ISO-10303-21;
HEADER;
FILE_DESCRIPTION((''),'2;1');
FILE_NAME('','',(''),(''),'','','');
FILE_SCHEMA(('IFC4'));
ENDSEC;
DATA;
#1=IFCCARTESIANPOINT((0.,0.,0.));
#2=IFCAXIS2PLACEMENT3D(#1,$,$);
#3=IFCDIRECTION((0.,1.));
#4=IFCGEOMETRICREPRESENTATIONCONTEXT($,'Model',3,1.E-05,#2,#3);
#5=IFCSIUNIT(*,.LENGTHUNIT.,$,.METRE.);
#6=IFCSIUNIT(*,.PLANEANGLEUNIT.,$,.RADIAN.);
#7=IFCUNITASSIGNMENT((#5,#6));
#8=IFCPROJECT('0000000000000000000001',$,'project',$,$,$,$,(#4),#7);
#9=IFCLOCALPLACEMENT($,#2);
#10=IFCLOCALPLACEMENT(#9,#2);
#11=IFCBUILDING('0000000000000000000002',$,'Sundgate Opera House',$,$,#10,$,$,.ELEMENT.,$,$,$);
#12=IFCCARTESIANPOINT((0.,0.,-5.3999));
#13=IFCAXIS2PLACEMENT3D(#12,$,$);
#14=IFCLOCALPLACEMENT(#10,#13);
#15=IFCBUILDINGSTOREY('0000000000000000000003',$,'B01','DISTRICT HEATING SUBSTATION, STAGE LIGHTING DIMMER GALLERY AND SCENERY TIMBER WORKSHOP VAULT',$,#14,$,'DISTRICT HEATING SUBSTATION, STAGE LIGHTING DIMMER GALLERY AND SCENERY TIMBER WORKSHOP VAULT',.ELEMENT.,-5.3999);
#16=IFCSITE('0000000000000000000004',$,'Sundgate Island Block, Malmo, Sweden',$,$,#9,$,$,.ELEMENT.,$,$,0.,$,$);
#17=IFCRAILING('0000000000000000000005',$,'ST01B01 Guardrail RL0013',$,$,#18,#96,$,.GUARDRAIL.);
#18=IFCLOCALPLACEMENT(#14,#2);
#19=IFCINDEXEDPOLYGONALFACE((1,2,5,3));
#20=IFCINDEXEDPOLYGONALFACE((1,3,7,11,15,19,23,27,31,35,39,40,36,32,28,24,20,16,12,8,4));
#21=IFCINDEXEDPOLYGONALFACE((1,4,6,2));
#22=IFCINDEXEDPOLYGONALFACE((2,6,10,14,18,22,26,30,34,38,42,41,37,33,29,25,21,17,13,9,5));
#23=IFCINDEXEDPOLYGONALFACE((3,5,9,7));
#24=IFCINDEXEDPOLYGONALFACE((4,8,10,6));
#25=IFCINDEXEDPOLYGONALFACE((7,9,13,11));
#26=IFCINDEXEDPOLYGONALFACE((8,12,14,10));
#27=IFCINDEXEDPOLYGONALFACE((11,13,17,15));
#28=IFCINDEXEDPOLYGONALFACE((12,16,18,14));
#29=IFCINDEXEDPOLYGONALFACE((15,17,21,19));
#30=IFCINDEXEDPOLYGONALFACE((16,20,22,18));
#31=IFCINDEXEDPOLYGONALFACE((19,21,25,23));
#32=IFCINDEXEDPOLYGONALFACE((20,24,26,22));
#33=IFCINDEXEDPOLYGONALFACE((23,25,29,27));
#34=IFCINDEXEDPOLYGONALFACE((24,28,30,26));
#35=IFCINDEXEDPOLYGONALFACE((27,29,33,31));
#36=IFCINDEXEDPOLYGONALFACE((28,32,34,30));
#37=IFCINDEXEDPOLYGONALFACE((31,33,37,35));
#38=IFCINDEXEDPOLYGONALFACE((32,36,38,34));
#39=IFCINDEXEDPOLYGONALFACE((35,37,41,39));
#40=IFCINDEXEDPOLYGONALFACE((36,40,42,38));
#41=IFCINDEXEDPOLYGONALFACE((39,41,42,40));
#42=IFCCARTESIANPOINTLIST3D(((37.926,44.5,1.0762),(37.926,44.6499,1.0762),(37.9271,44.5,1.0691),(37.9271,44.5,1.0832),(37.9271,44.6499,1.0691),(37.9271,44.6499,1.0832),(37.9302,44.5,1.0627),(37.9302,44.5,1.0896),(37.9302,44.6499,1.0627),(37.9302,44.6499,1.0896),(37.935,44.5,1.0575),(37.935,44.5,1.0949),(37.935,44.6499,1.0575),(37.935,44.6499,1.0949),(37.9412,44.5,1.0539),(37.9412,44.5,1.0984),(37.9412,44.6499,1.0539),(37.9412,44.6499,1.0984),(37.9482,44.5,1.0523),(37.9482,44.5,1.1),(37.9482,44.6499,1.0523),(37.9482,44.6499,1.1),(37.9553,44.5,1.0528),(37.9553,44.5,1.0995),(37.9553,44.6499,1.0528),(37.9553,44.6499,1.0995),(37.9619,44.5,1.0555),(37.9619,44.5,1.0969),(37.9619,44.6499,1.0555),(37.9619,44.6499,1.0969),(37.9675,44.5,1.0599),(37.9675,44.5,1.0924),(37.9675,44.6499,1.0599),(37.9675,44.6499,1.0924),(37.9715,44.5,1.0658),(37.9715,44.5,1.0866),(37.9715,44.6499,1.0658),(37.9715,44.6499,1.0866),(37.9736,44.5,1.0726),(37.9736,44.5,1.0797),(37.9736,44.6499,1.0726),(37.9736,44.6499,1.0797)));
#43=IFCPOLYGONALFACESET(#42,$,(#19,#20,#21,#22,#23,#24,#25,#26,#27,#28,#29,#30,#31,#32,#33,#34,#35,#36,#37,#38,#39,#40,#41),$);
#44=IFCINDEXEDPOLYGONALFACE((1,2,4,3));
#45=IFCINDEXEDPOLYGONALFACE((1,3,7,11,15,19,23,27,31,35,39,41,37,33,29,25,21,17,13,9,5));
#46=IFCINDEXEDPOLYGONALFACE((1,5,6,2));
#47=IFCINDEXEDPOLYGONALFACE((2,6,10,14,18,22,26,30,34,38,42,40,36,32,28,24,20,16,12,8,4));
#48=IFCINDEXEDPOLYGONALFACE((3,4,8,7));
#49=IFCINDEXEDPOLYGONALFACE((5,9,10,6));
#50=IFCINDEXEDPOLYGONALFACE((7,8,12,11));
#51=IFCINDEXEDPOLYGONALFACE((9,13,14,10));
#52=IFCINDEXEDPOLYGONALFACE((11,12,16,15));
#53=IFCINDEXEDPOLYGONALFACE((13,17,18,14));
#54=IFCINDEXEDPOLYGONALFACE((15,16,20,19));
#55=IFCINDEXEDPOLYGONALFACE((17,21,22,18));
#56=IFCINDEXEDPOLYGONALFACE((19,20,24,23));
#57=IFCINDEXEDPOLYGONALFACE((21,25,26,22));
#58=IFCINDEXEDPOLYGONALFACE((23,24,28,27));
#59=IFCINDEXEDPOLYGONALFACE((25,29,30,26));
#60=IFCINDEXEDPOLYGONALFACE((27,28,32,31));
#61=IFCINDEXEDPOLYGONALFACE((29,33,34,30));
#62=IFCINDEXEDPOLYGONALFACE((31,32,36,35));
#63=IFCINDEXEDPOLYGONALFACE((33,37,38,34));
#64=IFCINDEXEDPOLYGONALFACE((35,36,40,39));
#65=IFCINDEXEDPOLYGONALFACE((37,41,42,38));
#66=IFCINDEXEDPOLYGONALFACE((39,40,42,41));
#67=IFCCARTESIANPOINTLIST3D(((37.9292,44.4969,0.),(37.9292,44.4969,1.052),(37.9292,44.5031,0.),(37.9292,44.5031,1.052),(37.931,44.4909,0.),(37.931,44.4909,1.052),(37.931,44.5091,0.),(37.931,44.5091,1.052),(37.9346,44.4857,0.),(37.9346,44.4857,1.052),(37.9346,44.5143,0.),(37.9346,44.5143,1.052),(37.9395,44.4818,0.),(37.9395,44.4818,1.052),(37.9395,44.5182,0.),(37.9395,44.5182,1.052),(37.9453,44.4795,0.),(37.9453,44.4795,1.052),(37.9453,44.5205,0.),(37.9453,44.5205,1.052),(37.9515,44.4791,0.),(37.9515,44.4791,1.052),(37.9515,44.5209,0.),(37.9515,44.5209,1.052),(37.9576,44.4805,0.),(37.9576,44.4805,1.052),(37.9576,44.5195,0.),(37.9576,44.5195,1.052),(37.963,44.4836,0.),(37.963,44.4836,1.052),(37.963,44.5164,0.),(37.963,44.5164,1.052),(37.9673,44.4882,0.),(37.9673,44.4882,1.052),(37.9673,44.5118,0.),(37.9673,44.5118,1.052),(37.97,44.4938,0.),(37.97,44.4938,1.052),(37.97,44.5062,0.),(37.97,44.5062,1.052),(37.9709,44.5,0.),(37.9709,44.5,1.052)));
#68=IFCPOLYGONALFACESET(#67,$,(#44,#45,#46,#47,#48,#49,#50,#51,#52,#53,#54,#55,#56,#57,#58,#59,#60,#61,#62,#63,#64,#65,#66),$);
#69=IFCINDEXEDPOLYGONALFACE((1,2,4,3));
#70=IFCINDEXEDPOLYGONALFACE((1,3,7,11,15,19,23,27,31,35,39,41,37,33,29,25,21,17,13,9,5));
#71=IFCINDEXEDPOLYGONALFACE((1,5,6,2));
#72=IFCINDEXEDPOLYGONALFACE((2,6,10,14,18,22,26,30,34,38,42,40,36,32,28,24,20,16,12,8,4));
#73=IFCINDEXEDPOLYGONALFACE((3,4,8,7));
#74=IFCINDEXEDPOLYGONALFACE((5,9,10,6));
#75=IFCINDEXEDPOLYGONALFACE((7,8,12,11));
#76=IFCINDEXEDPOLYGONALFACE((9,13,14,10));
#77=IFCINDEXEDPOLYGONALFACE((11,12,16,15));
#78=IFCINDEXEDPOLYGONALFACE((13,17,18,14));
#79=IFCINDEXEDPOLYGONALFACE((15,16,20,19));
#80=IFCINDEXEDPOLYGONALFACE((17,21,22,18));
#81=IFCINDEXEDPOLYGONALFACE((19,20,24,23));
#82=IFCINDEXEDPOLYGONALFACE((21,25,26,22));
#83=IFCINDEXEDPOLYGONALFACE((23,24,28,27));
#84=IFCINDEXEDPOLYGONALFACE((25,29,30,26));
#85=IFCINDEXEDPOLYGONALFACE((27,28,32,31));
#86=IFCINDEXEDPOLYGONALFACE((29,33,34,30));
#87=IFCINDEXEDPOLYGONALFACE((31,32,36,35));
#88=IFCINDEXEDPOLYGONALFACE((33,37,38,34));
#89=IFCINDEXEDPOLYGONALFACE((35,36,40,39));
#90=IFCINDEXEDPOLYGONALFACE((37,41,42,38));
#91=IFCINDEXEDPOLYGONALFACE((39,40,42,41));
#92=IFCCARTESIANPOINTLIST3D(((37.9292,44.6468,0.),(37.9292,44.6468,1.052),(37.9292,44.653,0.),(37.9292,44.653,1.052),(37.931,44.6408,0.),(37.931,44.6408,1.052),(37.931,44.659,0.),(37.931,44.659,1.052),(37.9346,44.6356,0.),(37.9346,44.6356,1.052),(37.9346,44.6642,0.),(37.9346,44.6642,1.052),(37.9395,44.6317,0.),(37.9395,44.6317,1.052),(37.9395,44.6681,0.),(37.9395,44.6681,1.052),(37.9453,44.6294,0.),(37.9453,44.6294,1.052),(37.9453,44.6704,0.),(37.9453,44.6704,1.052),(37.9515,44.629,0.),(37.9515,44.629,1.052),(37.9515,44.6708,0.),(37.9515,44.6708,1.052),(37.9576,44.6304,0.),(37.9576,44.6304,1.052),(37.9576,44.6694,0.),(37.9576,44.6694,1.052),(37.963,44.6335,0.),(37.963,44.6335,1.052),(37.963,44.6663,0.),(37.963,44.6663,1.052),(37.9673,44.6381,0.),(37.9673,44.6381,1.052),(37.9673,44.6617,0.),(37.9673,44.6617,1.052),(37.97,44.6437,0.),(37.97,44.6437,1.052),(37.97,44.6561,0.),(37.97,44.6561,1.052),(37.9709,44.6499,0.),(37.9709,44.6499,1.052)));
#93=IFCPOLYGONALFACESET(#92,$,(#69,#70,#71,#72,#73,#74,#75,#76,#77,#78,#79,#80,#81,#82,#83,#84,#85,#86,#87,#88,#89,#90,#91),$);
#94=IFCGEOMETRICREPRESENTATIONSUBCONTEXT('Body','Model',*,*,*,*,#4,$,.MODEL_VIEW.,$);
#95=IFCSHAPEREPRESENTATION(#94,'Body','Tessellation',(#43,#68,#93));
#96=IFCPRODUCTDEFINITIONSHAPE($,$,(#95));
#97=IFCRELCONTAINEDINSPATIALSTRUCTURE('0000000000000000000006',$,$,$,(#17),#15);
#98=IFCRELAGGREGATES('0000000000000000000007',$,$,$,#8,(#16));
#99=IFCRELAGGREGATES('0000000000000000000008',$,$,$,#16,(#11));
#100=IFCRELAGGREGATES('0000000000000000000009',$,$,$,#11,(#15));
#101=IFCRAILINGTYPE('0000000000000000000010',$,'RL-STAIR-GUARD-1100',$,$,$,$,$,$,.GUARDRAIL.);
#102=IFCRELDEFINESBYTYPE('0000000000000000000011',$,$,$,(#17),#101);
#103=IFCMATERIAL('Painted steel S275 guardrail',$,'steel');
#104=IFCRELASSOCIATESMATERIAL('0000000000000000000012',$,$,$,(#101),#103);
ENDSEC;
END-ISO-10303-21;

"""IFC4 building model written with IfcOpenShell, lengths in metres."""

from ifc_helpers import new_model, si_unit, direction, frame, origin, origin_2d, place, context, subcontext, project, spatial, circle, extrude, material, type_object, element, save


model = new_model("IFC4")

# Units and contexts
model_context = context("Model", 3, precision=1e-05, world=origin(), true_north=direction((0.0, 1.0)))
body_context = subcontext(model_context, "Body", "Model", "MODEL_VIEW")
ifc_project = project(units=[si_unit("LENGTHUNIT", "METRE"), si_unit("PLANEANGLEUNIT", "RADIAN")], contexts=[model_context])

# Site, building, storey
site_placement = place(None, origin())
site = spatial("IfcSite", under=ifc_project, at=site_placement, Name="Sundgate Island Block, Malmo, Sweden", CompositionType="ELEMENT", RefElevation=0.0)
building_placement = place(site_placement, origin())
building = spatial("IfcBuilding", under=site, at=building_placement, Name="Sundgate Opera House", CompositionType="ELEMENT")
storey_placement = place(building_placement, frame((0.0, 0.0, -5.3999)))
storey = spatial("IfcBuildingStorey", under=building, at=storey_placement, Name="B01", Description="DISTRICT HEATING SUBSTATION, STAGE LIGHTING DIMMER GALLERY AND SCENERY TIMBER WORKSHOP VAULT", LongName="DISTRICT HEATING SUBSTATION, STAGE LIGHTING DIMMER GALLERY AND SCENERY TIMBER WORKSHOP VAULT", CompositionType="ELEMENT", Elevation=-5.3999)

# Railing
ifc_material_1 = material(Name="Painted steel S275 guardrail", Category="steel")
railing_type_1 = type_object("IfcRailingType", Name="RL-STAIR-GUARD-1100", PredefinedType="GUARDRAIL", material=ifc_material_1)
railing_1_placement = place(storey_placement, frame((37.95, 44.5, 0.0)))
element("IfcRailing", 1, at=railing_1_placement, inside=storey, type_object=railing_type_1, Name="ST01B01 Guardrail RL0013", PredefinedType="GUARDRAIL", context=body_context, shape_type="SweptSolid", body=[
    extrude(circle(Radius=0.0239, at=origin_2d()), frame((0.0, 0.0, 1.0762), z_axis=(0.0, 1.0, 0.0), x_axis=(-1.0, 0.0, 0.0)), (0.0, 0.0, 1.0), 0.1499),
    extrude(circle(Radius=0.021, at=origin_2d()), origin(), (0.0, 0.0, 1.0), 1.052),
    extrude(circle(Radius=0.021, at=origin_2d()), frame((0.0, 0.1499, 0.0)), (0.0, 0.0, 1.0), 1.052),
])

save(model, "model.ifc")
